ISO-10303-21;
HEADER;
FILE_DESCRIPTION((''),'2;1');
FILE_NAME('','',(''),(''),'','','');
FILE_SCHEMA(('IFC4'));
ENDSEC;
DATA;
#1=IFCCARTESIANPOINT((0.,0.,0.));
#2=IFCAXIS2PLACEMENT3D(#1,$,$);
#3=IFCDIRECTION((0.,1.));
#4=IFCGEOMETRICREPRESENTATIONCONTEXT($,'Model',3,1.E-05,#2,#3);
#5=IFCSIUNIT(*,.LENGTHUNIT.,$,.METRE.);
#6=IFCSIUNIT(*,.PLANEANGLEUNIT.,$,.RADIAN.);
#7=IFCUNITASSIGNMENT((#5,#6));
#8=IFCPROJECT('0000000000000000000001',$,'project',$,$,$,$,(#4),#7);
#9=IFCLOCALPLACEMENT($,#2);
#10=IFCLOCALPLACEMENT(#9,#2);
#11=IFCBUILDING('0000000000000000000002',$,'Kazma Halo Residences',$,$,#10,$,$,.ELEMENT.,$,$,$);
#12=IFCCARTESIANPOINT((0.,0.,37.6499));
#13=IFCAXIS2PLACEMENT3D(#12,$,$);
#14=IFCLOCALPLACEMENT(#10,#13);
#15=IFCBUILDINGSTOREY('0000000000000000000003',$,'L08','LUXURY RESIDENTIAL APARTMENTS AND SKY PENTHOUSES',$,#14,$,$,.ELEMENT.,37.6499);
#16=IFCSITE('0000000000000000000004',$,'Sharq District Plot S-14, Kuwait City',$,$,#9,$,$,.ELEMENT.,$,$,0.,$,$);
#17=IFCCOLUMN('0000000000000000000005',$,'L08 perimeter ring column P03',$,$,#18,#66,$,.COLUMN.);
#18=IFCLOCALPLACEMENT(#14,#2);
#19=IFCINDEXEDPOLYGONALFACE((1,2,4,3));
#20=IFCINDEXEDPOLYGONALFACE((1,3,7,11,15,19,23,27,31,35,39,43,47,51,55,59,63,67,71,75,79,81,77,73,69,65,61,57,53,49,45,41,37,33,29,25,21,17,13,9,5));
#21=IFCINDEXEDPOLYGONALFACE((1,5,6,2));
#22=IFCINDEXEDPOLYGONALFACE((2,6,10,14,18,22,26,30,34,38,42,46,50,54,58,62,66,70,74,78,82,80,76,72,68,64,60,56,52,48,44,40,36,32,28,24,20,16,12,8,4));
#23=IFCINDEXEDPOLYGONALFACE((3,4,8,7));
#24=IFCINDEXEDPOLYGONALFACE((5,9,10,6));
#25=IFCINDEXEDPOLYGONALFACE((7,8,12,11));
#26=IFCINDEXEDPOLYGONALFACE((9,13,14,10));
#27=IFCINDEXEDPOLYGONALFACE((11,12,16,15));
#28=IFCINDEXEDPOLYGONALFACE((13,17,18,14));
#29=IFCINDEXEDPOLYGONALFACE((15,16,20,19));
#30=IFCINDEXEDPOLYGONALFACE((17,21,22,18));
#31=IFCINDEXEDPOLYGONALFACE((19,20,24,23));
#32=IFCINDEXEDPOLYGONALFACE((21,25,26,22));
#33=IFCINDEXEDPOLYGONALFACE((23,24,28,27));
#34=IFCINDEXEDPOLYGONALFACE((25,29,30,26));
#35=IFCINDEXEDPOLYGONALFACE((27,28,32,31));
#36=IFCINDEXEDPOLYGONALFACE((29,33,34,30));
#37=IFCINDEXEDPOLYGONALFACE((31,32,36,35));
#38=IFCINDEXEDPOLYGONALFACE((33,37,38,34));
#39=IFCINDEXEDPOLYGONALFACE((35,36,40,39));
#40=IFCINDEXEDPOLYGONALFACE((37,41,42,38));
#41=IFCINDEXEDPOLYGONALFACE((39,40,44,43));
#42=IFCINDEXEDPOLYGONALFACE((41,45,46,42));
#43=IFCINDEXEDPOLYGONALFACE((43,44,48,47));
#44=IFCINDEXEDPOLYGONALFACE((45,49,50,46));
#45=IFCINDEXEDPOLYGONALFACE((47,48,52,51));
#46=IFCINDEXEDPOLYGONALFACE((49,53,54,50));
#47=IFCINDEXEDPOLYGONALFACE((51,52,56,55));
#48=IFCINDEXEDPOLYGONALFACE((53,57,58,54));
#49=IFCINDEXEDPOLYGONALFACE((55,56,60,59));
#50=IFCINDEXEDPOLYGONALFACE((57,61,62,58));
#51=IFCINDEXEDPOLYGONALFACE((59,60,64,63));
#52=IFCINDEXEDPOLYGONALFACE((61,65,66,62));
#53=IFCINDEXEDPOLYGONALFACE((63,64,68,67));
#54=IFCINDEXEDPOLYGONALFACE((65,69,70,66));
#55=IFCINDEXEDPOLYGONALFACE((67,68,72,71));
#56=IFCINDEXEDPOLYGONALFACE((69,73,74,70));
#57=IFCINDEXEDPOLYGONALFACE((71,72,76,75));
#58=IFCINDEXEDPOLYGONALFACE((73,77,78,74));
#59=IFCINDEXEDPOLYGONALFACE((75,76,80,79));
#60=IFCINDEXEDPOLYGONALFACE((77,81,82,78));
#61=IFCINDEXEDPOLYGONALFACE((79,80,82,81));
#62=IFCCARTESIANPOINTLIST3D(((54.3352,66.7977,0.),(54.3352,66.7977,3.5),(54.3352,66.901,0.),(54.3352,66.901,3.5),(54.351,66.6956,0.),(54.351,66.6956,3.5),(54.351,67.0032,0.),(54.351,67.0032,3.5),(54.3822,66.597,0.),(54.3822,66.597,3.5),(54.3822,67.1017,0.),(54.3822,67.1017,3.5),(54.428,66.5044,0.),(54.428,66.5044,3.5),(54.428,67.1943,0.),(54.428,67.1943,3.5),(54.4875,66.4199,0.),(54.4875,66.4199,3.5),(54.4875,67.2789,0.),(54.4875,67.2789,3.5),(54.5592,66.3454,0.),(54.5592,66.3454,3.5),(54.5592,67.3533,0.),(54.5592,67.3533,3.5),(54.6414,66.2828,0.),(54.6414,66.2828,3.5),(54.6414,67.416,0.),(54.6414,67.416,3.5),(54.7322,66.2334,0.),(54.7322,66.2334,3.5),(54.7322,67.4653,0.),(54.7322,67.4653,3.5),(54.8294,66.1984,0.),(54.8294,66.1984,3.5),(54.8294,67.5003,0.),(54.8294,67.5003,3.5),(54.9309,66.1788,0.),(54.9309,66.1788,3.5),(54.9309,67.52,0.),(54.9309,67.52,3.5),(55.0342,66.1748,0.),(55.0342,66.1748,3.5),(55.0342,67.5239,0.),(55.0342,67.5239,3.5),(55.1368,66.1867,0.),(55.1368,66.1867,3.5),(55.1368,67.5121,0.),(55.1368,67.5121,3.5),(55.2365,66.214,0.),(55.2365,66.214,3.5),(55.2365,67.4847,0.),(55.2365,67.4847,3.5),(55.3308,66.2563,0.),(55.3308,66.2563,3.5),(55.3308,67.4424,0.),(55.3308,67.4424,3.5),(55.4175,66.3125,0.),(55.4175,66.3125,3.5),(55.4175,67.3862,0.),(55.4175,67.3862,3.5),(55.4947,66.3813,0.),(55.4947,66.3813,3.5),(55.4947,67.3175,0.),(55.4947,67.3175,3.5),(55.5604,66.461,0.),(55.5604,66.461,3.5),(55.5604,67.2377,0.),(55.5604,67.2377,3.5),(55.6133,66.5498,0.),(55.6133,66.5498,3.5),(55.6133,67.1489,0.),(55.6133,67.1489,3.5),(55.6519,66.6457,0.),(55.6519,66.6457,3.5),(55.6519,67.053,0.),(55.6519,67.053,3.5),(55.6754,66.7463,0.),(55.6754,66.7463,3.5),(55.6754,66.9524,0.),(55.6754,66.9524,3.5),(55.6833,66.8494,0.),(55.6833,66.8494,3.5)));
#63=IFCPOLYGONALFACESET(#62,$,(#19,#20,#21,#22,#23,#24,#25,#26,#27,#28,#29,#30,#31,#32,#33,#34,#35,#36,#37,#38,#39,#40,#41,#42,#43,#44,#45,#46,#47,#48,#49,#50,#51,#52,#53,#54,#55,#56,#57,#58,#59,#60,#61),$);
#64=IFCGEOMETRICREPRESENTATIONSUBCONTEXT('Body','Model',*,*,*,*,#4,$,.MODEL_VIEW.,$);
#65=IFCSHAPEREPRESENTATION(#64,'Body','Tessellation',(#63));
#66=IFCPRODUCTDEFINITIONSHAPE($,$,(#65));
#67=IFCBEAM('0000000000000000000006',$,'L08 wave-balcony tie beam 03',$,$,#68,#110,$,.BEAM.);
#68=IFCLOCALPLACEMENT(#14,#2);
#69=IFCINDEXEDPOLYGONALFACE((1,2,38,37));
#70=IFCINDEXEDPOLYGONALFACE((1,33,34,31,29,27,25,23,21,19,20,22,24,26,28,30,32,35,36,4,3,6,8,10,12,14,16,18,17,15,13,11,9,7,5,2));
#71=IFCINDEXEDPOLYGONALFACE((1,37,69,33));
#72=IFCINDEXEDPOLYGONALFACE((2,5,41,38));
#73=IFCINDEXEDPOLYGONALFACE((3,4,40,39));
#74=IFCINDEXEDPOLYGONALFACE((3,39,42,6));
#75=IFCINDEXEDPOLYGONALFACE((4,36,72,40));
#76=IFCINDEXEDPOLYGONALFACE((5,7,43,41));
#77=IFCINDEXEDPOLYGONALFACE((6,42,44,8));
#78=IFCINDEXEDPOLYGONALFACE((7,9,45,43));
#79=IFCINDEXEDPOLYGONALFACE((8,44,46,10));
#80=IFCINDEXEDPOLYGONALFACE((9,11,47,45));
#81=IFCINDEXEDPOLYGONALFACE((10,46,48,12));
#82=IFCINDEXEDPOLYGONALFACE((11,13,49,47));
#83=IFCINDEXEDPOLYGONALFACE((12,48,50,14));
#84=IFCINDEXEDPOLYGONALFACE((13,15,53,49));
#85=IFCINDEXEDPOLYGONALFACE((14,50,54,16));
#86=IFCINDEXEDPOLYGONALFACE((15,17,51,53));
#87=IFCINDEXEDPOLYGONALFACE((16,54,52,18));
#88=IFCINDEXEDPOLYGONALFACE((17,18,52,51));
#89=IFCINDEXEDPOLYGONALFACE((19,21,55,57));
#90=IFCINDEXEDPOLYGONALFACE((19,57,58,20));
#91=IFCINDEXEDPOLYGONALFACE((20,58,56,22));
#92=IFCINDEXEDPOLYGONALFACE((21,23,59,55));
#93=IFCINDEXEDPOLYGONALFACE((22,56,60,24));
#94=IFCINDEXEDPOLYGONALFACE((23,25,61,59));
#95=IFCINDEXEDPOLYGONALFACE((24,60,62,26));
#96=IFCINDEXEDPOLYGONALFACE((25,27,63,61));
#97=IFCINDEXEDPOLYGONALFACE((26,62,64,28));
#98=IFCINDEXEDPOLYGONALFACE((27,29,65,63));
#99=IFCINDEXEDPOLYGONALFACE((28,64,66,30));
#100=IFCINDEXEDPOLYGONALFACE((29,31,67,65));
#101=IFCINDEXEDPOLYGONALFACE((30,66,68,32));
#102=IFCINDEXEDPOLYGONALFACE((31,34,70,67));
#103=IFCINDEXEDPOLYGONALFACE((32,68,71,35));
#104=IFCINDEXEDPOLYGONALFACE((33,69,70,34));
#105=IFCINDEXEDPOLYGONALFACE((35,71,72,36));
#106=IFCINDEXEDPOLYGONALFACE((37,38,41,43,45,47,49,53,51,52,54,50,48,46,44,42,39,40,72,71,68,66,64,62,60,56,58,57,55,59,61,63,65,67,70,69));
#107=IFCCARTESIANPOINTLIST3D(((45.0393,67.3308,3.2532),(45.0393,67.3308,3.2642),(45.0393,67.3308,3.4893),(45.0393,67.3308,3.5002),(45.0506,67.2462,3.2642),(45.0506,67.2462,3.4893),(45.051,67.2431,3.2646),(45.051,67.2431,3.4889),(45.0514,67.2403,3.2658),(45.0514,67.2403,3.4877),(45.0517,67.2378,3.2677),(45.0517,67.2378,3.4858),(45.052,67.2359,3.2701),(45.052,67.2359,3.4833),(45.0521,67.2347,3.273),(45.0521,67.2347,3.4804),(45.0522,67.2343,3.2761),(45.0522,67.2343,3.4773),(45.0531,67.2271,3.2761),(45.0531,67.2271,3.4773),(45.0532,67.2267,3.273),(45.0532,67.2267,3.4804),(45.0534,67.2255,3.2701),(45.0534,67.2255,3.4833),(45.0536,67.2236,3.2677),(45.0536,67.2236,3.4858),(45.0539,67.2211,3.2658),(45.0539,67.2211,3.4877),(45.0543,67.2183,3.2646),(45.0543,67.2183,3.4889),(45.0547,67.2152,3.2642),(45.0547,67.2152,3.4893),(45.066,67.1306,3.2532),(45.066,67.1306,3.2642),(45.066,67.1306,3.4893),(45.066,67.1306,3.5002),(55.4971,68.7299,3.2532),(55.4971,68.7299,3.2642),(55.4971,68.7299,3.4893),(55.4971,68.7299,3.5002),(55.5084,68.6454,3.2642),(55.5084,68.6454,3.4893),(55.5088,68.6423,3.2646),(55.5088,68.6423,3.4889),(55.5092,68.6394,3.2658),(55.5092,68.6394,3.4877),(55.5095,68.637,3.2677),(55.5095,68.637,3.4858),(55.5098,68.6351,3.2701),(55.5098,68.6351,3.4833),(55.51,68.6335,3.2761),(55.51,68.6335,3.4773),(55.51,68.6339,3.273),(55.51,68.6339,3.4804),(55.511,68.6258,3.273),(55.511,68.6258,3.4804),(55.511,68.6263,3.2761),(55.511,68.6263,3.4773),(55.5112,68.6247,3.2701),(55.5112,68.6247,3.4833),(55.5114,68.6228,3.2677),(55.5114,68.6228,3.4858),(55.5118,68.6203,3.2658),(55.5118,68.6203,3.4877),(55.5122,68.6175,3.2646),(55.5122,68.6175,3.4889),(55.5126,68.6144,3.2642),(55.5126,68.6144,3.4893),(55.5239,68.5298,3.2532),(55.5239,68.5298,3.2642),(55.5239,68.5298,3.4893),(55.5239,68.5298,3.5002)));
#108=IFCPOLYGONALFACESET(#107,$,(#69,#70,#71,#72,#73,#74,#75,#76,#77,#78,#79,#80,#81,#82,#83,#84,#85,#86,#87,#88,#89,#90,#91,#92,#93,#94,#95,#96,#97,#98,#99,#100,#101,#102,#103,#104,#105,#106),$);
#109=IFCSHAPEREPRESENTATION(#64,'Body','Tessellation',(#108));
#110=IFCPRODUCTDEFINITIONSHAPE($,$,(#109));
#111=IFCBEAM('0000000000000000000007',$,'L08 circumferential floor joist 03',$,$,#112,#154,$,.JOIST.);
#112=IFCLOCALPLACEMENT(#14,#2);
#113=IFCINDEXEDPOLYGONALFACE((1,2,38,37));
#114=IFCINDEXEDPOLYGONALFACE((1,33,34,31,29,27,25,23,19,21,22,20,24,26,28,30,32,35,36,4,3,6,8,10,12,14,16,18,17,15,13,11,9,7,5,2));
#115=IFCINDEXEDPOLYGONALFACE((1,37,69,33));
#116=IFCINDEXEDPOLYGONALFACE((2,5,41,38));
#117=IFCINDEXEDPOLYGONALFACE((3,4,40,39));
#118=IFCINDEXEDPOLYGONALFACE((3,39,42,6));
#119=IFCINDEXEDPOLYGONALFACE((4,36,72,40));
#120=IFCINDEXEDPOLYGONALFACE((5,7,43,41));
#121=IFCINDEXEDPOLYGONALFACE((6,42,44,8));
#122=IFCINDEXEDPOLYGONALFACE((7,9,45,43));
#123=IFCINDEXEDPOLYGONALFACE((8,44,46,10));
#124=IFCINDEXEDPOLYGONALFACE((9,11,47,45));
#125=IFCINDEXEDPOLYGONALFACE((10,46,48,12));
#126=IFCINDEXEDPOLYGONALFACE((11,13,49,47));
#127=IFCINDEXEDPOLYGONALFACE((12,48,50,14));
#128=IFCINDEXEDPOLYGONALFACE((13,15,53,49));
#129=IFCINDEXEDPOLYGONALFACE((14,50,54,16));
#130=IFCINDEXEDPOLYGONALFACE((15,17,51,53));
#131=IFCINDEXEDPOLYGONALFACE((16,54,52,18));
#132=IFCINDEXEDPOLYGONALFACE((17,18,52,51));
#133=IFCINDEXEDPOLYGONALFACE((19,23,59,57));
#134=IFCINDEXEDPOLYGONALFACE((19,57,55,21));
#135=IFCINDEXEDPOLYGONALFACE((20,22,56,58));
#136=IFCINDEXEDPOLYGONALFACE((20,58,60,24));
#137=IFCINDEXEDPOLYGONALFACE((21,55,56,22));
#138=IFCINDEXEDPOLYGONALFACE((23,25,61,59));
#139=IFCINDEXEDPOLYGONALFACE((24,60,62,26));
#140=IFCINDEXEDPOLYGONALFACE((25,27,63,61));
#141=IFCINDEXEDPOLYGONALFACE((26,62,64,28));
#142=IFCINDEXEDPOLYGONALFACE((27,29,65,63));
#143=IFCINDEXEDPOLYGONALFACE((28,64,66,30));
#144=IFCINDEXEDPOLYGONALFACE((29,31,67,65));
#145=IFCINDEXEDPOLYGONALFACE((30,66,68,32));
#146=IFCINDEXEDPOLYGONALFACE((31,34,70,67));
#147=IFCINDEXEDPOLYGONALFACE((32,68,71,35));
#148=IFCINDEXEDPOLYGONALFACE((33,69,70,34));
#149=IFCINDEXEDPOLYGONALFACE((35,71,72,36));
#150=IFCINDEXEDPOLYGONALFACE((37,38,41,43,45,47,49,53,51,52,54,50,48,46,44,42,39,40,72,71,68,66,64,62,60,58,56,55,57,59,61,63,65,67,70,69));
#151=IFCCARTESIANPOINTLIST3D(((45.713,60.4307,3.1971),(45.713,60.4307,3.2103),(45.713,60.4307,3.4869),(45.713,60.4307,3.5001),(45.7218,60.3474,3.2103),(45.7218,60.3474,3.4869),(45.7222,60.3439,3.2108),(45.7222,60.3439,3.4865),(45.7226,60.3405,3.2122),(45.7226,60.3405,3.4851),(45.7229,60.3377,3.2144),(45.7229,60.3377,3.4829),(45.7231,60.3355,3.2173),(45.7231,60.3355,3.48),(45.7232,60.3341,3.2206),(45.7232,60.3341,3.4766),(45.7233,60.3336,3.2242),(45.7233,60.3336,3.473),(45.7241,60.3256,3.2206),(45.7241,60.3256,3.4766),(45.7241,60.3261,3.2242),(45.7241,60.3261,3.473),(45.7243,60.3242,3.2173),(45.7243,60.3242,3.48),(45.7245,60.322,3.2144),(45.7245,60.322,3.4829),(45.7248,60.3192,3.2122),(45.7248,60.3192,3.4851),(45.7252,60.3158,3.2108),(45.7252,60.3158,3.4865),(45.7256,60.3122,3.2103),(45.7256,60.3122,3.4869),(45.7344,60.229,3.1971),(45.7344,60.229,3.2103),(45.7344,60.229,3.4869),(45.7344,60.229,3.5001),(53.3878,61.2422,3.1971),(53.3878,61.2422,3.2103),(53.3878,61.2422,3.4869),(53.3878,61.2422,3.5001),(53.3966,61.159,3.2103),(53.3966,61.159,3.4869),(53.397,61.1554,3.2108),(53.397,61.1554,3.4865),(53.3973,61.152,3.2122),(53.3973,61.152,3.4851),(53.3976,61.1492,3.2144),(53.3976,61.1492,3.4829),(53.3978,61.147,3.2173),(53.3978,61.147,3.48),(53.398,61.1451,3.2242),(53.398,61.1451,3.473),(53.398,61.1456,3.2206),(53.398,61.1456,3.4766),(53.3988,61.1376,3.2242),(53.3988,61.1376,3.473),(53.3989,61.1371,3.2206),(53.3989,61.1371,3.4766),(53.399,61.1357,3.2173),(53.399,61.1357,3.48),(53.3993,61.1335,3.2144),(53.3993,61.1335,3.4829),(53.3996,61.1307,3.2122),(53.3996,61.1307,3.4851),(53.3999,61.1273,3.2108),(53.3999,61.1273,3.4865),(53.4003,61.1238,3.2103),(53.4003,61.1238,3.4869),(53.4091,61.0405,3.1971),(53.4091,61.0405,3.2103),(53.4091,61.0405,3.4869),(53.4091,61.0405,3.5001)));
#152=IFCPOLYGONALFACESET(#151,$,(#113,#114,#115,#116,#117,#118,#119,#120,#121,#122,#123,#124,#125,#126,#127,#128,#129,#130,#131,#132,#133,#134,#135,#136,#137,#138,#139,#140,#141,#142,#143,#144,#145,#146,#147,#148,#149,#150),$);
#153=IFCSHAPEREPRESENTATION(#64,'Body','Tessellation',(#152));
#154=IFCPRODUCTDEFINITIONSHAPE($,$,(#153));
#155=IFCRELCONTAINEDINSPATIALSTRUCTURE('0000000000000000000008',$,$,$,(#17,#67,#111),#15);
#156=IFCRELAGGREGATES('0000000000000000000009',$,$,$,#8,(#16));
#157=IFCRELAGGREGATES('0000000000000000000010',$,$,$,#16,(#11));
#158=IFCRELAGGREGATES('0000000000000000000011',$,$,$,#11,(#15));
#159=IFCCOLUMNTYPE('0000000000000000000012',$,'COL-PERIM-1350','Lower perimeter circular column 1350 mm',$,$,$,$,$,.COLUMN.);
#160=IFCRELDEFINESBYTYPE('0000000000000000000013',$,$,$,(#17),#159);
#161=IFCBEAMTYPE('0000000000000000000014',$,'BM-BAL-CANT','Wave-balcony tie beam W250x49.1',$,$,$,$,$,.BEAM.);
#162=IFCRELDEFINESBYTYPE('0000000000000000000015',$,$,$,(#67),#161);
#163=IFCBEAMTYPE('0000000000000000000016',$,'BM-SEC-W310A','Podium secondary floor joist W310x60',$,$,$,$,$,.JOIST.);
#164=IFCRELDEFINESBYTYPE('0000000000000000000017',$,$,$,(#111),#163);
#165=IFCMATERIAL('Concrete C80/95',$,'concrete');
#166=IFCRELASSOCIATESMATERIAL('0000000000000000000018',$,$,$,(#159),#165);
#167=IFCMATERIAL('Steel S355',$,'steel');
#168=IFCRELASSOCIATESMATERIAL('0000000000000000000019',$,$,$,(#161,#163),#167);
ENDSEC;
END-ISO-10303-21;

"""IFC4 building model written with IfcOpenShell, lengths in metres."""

from ifc_helpers import new_model, si_unit, direction, frame, origin, origin_2d, place, context, subcontext, project, spatial, circle, i_section, extrude, material, material_profile, profile_set, type_object, element, save


model = new_model("IFC4")

# Units and contexts
model_context = context("Model", 3, precision=1e-05, world=origin(), true_north=direction((0.0, 1.0)))
body_context = subcontext(model_context, "Body", "Model", "MODEL_VIEW")
ifc_project = project(units=[si_unit("LENGTHUNIT", "METRE"), si_unit("PLANEANGLEUNIT", "RADIAN")], contexts=[model_context])

# Site, building, storey
site_placement = place(None, origin())
site = spatial("IfcSite", under=ifc_project, at=site_placement, Name="Sharq District Plot S-14, Kuwait City", CompositionType="ELEMENT", RefElevation=0.0)
building_placement = place(site_placement, origin())
building = spatial("IfcBuilding", under=site, at=building_placement, Name="Kazma Halo Residences", CompositionType="ELEMENT")
storey_placement = place(building_placement, frame((0.0, 0.0, 37.6499)))
storey = spatial("IfcBuildingStorey", under=building, at=storey_placement, Name="L08", Description="LUXURY RESIDENTIAL APARTMENTS AND SKY PENTHOUSES", CompositionType="ELEMENT", Elevation=37.6499)

# Column
ifc_material_1 = material(Name="Concrete C80/95", Category="concrete")
ifc_material_profile_1 = material_profile(ifc_material_1, circle(Radius=0.675, at=origin_2d()), Name="CIRC1350")
ifc_profile_set_1 = profile_set([ifc_material_profile_1], Name="Concrete C80/95")
column_type = type_object("IfcColumnType", Name="COL-PERIM-1350", Description="Lower perimeter circular column 1350 mm", PredefinedType="COLUMN", material=ifc_profile_set_1)
column_placement = place(storey_placement, frame((55.0083, 66.8494, 0.0), z_axis=(0.0, 0.0, 1.0), x_axis=(1.0, 0.0, 0.0)))
element("IfcColumn", 1, at=column_placement, inside=storey, type_object=column_type, Name="L08 perimeter ring column P03", PredefinedType="COLUMN", context=body_context, shape_type="SweptSolid", body=[
    extrude(circle(Radius=0.675, at=origin_2d()), origin(), (0.0, 0.0, 1.0), 3.5),
])

# Beams
ifc_material_2 = material(Name="Steel S355", Category="steel")
ifc_material_profile_2 = material_profile(ifc_material_2, i_section(OverallWidth=0.2019, OverallDepth=0.2471, WebThickness=0.0073, FlangeThickness=0.011, FilletRadius=0.012, at=origin_2d()), Name="W250x49.1")
ifc_profile_set_2 = profile_set([ifc_material_profile_2], Name="Steel S355")
beam_type_1 = type_object("IfcBeamType", Name="BM-BAL-CANT", Description="Wave-balcony tie beam W250x49.1", PredefinedType="BEAM", material=ifc_profile_set_2)
beam_1_placement = place(storey_placement, frame((55.5105, 68.6299, 3.3767), z_axis=(-0.991168, -0.132611, 0.0), x_axis=(0.132611, -0.991168, 0.0)))
element("IfcBeam", 2, at=beam_1_placement, inside=storey, type_object=beam_type_1, Name="L08 wave-balcony tie beam 03", PredefinedType="BEAM", context=body_context, shape_type="SweptSolid", body=[
    extrude(i_section(OverallWidth=0.2019, OverallDepth=0.2471, WebThickness=0.0073, FlangeThickness=0.011, FilletRadius=0.012, at=origin_2d()), origin(), (0.0, 0.0, 1.0), 10.551),
])
ifc_material_profile_3 = material_profile(ifc_material_2, i_section(OverallWidth=0.2029, OverallDepth=0.303, WebThickness=0.0076, FlangeThickness=0.0132, FilletRadius=0.0139, at=origin_2d()), Name="W310x60")
ifc_profile_set_3 = profile_set([ifc_material_profile_3], Name="Steel S355")
beam_type_2 = type_object("IfcBeamType", Name="BM-SEC-W310A", Description="Podium secondary floor joist W310x60", PredefinedType="JOIST", material=ifc_profile_set_3)
beam_2_placement = place(storey_placement, frame((53.3984, 61.1414, 3.3486), z_axis=(-0.994456, -0.105152, 0.0), x_axis=(0.105152, -0.994456, 0.0)))
element("IfcBeam", 3, at=beam_2_placement, inside=storey, type_object=beam_type_2, Name="L08 circumferential floor joist 03", PredefinedType="JOIST", context=body_context, shape_type="SweptSolid", body=[
    extrude(i_section(OverallWidth=0.2029, OverallDepth=0.303, WebThickness=0.0076, FlangeThickness=0.0132, FilletRadius=0.0139, at=origin_2d()), origin(), (0.0, 0.0, 1.0), 7.7175),
])

save(model, "model.ifc")
